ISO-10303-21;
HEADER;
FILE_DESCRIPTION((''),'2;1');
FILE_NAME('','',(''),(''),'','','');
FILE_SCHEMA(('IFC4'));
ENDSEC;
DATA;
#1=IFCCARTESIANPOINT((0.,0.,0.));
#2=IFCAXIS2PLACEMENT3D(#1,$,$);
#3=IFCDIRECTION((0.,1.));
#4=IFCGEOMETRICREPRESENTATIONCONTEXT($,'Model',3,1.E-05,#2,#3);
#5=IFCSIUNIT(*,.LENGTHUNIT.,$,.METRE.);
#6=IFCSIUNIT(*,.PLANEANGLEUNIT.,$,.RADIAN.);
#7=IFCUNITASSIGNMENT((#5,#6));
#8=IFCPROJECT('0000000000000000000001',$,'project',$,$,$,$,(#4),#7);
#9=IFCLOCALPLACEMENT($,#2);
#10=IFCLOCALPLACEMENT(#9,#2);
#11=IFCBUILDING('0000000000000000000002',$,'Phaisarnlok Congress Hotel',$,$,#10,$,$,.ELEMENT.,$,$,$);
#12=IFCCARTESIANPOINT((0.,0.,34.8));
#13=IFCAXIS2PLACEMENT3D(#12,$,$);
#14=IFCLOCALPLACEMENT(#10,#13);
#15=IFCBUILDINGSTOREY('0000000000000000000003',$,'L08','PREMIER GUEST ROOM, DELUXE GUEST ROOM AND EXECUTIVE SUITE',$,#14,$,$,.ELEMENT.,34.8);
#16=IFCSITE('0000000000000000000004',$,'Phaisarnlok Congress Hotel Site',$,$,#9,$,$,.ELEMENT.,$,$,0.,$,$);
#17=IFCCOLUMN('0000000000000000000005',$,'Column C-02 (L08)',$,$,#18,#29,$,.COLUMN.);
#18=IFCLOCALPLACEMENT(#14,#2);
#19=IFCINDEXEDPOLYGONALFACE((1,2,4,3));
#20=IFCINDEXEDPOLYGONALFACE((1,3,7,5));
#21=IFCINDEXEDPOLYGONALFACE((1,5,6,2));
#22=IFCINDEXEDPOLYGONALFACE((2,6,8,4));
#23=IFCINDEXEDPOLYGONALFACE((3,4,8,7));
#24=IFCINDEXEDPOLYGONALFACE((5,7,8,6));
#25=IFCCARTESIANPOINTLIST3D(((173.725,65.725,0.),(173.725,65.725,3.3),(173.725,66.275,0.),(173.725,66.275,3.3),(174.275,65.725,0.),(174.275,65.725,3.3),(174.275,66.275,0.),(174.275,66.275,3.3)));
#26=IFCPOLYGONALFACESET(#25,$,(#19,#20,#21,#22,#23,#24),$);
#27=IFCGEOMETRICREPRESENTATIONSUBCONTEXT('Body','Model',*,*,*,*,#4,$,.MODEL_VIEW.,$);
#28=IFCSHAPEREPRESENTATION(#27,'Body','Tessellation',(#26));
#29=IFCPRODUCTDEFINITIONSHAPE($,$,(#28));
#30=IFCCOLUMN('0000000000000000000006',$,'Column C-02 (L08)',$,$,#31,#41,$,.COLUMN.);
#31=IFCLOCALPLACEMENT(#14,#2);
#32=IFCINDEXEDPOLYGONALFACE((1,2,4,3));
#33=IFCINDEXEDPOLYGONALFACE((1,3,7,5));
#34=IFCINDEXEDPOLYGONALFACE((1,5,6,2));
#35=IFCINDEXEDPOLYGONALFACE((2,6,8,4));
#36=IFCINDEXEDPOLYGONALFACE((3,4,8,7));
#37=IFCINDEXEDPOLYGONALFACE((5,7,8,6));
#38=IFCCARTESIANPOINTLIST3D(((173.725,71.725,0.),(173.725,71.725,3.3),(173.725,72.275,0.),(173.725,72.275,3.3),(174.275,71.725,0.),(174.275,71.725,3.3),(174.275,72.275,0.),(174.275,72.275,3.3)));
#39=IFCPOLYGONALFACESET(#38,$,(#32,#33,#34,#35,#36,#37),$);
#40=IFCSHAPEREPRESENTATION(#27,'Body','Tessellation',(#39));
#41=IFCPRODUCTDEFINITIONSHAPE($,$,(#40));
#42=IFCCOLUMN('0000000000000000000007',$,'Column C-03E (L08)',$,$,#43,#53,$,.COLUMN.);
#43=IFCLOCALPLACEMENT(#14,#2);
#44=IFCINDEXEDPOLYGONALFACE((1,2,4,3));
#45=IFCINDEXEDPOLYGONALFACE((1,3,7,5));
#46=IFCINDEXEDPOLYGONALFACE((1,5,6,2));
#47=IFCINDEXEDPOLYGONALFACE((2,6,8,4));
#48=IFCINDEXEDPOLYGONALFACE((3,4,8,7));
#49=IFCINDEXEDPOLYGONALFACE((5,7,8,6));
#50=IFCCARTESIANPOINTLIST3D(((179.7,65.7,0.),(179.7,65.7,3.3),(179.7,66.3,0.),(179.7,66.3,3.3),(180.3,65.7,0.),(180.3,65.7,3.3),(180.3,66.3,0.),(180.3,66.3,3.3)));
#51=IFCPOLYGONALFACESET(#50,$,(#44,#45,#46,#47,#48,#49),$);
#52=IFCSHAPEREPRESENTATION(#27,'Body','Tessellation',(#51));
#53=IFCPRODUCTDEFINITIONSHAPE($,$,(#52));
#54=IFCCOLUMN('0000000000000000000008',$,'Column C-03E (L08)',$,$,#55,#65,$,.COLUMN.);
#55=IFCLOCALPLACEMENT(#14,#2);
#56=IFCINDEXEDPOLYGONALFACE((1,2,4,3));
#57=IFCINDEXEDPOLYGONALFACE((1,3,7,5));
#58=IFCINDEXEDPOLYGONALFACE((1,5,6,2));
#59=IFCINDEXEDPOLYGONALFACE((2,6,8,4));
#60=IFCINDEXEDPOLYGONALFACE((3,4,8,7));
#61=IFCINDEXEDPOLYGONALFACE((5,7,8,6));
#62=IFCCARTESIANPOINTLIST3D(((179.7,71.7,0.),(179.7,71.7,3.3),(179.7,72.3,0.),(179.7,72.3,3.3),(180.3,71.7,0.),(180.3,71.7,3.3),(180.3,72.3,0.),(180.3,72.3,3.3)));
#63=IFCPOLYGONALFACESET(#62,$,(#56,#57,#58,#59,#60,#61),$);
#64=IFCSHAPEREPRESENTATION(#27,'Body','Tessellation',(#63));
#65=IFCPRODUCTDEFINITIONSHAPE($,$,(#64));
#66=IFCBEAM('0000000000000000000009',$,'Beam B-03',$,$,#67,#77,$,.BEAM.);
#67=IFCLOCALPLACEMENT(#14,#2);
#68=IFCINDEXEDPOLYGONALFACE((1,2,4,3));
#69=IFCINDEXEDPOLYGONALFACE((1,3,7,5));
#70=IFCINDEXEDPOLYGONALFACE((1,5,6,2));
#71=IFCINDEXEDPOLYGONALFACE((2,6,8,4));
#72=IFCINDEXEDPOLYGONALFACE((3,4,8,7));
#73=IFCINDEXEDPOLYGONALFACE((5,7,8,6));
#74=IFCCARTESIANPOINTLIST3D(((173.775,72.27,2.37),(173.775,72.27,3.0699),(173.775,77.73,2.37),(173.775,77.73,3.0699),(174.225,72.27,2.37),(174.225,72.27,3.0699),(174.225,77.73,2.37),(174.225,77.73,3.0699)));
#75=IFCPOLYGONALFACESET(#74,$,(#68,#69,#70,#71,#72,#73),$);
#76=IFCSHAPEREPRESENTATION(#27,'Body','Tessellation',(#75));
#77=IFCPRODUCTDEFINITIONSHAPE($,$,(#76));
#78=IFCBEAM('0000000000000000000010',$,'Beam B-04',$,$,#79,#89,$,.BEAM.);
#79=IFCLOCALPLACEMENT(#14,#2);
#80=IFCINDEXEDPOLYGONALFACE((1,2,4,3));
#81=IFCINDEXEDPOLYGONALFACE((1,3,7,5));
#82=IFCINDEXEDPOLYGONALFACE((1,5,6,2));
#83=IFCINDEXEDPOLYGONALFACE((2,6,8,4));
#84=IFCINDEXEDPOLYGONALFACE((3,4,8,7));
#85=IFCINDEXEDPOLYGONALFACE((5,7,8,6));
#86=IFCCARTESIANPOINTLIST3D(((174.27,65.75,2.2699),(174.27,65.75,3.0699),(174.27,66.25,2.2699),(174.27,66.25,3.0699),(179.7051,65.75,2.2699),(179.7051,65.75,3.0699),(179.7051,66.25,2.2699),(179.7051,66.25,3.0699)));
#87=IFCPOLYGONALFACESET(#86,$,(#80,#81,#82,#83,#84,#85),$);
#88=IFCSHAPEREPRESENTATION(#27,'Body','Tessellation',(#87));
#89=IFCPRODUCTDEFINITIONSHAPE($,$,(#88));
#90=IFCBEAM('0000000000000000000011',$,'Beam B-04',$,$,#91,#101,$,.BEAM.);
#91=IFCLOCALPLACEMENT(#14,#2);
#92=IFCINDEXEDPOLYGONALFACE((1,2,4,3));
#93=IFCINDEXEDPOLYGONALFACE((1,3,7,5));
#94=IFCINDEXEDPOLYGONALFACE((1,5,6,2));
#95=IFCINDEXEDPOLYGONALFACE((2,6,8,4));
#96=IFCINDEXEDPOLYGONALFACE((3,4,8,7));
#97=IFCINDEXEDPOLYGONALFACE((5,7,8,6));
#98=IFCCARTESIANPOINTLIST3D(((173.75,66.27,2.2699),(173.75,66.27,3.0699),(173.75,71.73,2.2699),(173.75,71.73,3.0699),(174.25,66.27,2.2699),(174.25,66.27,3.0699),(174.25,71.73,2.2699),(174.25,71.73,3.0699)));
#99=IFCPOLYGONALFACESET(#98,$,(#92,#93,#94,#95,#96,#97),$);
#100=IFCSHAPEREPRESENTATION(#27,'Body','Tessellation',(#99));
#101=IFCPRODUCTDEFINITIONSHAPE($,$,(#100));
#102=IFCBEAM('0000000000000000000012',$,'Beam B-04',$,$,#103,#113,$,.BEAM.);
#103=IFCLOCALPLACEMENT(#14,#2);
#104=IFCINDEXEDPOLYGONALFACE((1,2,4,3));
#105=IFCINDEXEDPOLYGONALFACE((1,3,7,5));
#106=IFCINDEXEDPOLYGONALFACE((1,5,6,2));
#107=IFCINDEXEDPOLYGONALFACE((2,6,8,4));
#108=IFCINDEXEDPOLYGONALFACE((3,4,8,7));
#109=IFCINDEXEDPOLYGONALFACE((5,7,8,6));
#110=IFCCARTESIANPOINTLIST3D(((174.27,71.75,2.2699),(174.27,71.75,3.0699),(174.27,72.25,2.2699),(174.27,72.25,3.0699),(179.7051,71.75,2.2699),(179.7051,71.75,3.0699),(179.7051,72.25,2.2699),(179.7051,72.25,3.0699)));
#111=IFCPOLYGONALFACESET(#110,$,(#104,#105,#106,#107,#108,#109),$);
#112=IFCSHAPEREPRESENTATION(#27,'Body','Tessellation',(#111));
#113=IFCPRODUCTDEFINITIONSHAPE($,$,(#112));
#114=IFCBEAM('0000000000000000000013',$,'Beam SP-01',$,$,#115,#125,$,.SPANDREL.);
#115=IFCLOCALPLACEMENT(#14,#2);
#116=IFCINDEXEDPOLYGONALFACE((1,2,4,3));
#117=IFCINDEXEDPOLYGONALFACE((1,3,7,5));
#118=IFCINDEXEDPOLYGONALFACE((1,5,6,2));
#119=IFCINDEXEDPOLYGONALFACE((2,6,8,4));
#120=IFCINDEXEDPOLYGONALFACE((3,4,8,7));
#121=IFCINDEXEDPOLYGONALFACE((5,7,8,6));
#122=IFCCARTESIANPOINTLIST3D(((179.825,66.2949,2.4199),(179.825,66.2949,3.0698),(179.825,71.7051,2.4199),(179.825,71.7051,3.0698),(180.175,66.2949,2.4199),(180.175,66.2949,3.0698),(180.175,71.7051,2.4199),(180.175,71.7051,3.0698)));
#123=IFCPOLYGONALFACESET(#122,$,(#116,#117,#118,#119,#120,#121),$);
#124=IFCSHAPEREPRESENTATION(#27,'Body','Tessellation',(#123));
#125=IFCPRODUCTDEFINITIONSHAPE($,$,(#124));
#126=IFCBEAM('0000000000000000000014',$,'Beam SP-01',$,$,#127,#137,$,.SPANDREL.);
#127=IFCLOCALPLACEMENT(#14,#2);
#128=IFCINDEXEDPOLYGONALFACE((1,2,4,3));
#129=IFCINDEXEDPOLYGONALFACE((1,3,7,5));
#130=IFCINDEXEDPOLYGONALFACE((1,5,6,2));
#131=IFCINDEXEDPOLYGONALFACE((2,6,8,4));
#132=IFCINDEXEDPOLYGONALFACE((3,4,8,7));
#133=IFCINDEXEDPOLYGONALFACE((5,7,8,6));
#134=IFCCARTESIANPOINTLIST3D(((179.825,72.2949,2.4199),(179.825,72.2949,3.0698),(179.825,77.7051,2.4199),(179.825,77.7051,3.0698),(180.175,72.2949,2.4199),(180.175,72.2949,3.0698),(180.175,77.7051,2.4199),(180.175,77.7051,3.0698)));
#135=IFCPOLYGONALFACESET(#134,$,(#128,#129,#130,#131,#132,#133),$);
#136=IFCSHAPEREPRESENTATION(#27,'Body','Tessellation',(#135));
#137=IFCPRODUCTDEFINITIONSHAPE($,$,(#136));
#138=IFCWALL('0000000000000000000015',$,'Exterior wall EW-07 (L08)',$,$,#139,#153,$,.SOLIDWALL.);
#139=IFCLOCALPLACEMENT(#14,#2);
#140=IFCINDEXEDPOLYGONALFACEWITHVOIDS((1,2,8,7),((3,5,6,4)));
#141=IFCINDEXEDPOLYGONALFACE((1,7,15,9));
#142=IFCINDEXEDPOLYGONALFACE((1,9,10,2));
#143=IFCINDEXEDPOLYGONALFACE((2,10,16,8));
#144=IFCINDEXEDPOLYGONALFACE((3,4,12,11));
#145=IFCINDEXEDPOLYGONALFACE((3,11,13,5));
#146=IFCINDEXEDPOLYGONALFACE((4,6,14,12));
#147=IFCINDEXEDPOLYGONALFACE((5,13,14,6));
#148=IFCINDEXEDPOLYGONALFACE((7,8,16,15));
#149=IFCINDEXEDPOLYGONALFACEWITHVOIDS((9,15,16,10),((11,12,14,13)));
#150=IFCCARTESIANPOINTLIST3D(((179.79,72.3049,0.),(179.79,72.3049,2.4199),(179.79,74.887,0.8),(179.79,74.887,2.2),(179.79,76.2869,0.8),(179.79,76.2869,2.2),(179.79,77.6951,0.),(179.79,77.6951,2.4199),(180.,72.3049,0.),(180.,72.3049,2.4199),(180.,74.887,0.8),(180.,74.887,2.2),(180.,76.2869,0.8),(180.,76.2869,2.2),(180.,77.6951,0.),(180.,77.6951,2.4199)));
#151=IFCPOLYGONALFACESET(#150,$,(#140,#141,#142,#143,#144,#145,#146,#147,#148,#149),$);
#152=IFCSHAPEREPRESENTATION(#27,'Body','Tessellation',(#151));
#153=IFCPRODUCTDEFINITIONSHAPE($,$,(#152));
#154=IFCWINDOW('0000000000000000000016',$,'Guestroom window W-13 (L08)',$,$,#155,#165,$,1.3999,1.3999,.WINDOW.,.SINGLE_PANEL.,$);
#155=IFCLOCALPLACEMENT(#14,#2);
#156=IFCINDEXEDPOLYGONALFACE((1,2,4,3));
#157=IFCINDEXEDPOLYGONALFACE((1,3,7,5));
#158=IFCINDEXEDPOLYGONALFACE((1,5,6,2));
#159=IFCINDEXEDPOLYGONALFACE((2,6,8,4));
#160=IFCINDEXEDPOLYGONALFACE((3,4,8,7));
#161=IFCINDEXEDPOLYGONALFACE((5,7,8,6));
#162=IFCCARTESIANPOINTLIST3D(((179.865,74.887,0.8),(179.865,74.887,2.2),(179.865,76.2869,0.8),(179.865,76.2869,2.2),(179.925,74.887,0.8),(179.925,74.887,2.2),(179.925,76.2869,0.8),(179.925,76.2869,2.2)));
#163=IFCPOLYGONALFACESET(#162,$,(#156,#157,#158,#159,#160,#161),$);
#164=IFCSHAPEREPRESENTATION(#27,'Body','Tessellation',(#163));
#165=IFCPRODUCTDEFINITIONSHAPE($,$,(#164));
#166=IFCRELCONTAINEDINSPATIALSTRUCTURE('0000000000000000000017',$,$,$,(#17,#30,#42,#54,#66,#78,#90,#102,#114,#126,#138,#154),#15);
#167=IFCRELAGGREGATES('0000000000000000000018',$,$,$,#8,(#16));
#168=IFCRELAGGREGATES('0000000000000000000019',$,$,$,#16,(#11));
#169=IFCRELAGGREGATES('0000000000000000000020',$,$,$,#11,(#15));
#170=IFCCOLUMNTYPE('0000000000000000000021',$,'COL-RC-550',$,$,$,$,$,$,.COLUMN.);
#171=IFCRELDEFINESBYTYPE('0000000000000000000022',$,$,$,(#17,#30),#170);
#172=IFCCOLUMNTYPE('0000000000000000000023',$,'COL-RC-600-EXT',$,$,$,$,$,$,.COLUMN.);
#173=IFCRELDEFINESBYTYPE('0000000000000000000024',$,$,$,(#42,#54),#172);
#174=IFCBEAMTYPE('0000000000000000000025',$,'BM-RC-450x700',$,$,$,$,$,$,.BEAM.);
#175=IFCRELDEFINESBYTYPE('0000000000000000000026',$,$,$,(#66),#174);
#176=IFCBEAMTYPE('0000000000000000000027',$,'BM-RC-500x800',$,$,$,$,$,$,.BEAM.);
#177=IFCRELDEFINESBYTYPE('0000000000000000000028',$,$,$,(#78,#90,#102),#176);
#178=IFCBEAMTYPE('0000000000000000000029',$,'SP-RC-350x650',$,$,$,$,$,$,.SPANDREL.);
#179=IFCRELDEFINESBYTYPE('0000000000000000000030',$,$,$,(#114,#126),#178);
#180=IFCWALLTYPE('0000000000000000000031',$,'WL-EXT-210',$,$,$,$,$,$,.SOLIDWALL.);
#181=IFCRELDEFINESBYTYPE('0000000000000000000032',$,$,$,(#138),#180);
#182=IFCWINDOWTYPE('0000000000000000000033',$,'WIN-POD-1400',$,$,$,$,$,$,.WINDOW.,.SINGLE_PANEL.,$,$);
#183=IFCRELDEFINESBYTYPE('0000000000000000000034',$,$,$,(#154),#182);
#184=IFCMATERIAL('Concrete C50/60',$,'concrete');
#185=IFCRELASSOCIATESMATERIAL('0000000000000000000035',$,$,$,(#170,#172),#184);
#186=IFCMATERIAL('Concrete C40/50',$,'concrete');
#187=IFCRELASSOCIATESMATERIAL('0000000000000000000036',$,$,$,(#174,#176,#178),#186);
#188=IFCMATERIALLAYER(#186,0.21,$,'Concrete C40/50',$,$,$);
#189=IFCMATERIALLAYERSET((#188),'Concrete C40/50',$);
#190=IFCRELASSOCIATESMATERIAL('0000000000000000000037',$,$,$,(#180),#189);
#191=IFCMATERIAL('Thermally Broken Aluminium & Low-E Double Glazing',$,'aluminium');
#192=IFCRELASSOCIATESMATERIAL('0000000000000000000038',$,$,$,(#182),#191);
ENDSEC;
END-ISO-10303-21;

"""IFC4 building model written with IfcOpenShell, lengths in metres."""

from ifc_helpers import new_model, si_unit, direction, frame, frame_2d, origin, origin_2d, place, context, subcontext, project, spatial, rectangle, extrude, material, layer, layer_set, material_profile, profile_set, type_object, element, fill, save


model = new_model("IFC4")

# Units and contexts
model_context = context("Model", 3, precision=1e-05, world=origin(), true_north=direction((0.0, 1.0)))
body_context = subcontext(model_context, "Body", "Model", "MODEL_VIEW")
ifc_project = project(units=[si_unit("LENGTHUNIT", "METRE"), si_unit("PLANEANGLEUNIT", "RADIAN")], contexts=[model_context])

# Site, building, storey
site_placement = place(None, origin())
site = spatial("IfcSite", under=ifc_project, at=site_placement, Name="Phaisarnlok Congress Hotel Site", CompositionType="ELEMENT", RefElevation=0.0)
building_placement = place(site_placement, origin())
building = spatial("IfcBuilding", under=site, at=building_placement, Name="Phaisarnlok Congress Hotel", CompositionType="ELEMENT")
storey_placement = place(building_placement, frame((0.0, 0.0, 34.8)))
storey = spatial("IfcBuildingStorey", under=building, at=storey_placement, Name="L08", Description="PREMIER GUEST ROOM, DELUXE GUEST ROOM AND EXECUTIVE SUITE", CompositionType="ELEMENT", Elevation=34.8)

# Columns
ifc_material_1 = material(Name="Concrete C50/60", Category="concrete")
ifc_material_profile_1 = material_profile(ifc_material_1, rectangle(XDim=0.55, YDim=0.55, at=origin_2d()), Name="RC 550x550")
ifc_profile_set_1 = profile_set([ifc_material_profile_1], Name="Concrete C50/60")
column_type_1 = type_object("IfcColumnType", Name="COL-RC-550", PredefinedType="COLUMN", material=ifc_profile_set_1)
for number, where, z_axis, x_axis, name in (
    (1, (174.0, 66.0, 0.0), (0.0, 0.0, 1.0), (1.0, 0.0, 0.0), "Column C-02 (L08)"),
    (2, (174.0, 72.0, 0.0), (0.0, 0.0, 1.0), (1.0, 0.0, 0.0), "Column C-02 (L08)"),
):
    element("IfcColumn", number, at=place(storey_placement, frame(where, z_axis=z_axis, x_axis=x_axis)), inside=storey, type_object=column_type_1, Name=name, PredefinedType="COLUMN", context=body_context, shape_type="SweptSolid", body=[
        extrude(rectangle(XDim=0.55, YDim=0.55, at=origin_2d()), origin(), (0.0, 0.0, 1.0), 3.3),
    ])
ifc_material_profile_2 = material_profile(ifc_material_1, rectangle(XDim=0.6001, YDim=0.6001, at=origin_2d()), Name="RC 600x600")
ifc_profile_set_2 = profile_set([ifc_material_profile_2], Name="Concrete C50/60")
column_type_2 = type_object("IfcColumnType", Name="COL-RC-600-EXT", PredefinedType="COLUMN", material=ifc_profile_set_2)
for number, where, z_axis, x_axis, name in (
    (3, (180.0, 66.0, 0.0), (0.0, 0.0, 1.0), (1.0, 0.0, 0.0), "Column C-03E (L08)"),
    (4, (180.0, 72.0, 0.0), (0.0, 0.0, 1.0), (1.0, 0.0, 0.0), "Column C-03E (L08)"),
):
    element("IfcColumn", number, at=place(storey_placement, frame(where, z_axis=z_axis, x_axis=x_axis)), inside=storey, type_object=column_type_2, Name=name, PredefinedType="COLUMN", context=body_context, shape_type="SweptSolid", body=[
        extrude(rectangle(XDim=0.6001, YDim=0.6001, at=origin_2d()), origin(), (0.0, 0.0, 1.0), 3.3),
    ])

# Beams
ifc_material_2 = material(Name="Concrete C40/50", Category="concrete")
ifc_material_profile_3 = material_profile(ifc_material_2, rectangle(XDim=0.45, YDim=0.7, at=origin_2d()), Name="RC 450x700")
ifc_profile_set_3 = profile_set([ifc_material_profile_3], Name="Concrete C40/50")
beam_type_1 = type_object("IfcBeamType", Name="BM-RC-450x700", PredefinedType="BEAM", material=ifc_profile_set_3)
beam_1_placement = place(storey_placement, frame((174.0, 72.27, 2.72), z_axis=(0.0, 1.0, 0.0), x_axis=(-1.0, 0.0, 0.0)))
element("IfcBeam", 5, at=beam_1_placement, inside=storey, type_object=beam_type_1, Name="Beam B-03", PredefinedType="BEAM", context=body_context, shape_type="SweptSolid", body=[
    extrude(rectangle(XDim=0.45, YDim=0.7, at=origin_2d()), origin(), (0.0, 0.0, 1.0), 5.46),
])
ifc_material_profile_4 = material_profile(ifc_material_2, rectangle(XDim=0.5, YDim=0.8, at=origin_2d()), Name="RC 500x800")
ifc_profile_set_4 = profile_set([ifc_material_profile_4], Name="Concrete C40/50")
beam_type_2 = type_object("IfcBeamType", Name="BM-RC-500x800", PredefinedType="BEAM", material=ifc_profile_set_4)
beam_2_placement = place(storey_placement, frame((174.27, 66.0, 2.6699), z_axis=(1.0, 0.0, 0.0), x_axis=(0.0, 1.0, 0.0)))
element("IfcBeam", 6, at=beam_2_placement, inside=storey, type_object=beam_type_2, Name="Beam B-04", PredefinedType="BEAM", context=body_context, shape_type="SweptSolid", body=[
    extrude(rectangle(XDim=0.5, YDim=0.8, at=origin_2d()), origin(), (0.0, 0.0, 1.0), 5.4351),
])
beam_3_placement = place(storey_placement, frame((174.0, 66.27, 2.6699), z_axis=(0.0, 1.0, 0.0), x_axis=(-1.0, 0.0, 0.0)))
element("IfcBeam", 7, at=beam_3_placement, inside=storey, type_object=beam_type_2, Name="Beam B-04", PredefinedType="BEAM", context=body_context, shape_type="SweptSolid", body=[
    extrude(rectangle(XDim=0.5, YDim=0.8, at=origin_2d()), origin(), (0.0, 0.0, 1.0), 5.46),
])
beam_4_placement = place(storey_placement, frame((174.27, 72.0, 2.6699), z_axis=(1.0, 0.0, 0.0), x_axis=(0.0, 1.0, 0.0)))
element("IfcBeam", 8, at=beam_4_placement, inside=storey, type_object=beam_type_2, Name="Beam B-04", PredefinedType="BEAM", context=body_context, shape_type="SweptSolid", body=[
    extrude(rectangle(XDim=0.5, YDim=0.8, at=origin_2d()), origin(), (0.0, 0.0, 1.0), 5.4351),
])
ifc_material_profile_5 = material_profile(ifc_material_2, rectangle(XDim=0.3501, YDim=0.6499, at=origin_2d()), Name="RC 350x650")
ifc_profile_set_5 = profile_set([ifc_material_profile_5], Name="Concrete C40/50")
beam_type_3 = type_object("IfcBeamType", Name="SP-RC-350x650", PredefinedType="SPANDREL", material=ifc_profile_set_5)
for number, where, z_axis, x_axis, name in (
    (9, (180.0, 66.2949, 2.7449), (0.0, 1.0, 0.0), (-1.0, 0.0, 0.0), "Beam SP-01"),
    (10, (180.0, 72.2949, 2.7449), (0.0, 1.0, 0.0), (-1.0, 0.0, 0.0), "Beam SP-01"),
):
    element("IfcBeam", number, at=place(storey_placement, frame(where, z_axis=z_axis, x_axis=x_axis)), inside=storey, type_object=beam_type_3, Name=name, PredefinedType="SPANDREL", context=body_context, shape_type="SweptSolid", body=[
        extrude(rectangle(XDim=0.3501, YDim=0.6499, at=origin_2d()), origin(), (0.0, 0.0, 1.0), 5.4102),
    ])

# Wall, opening, window
ifc_layer_1 = layer(ifc_material_2, 0.21, Name="Concrete C40/50")
ifc_layer_set_1 = layer_set([ifc_layer_1], Name="Concrete C40/50")
wall_type_1 = type_object("IfcWallType", Name="WL-EXT-210", PredefinedType="SOLIDWALL", material=ifc_layer_set_1)
wall_1_placement = place(storey_placement, frame((179.895, 72.3049, 0.0), z_axis=(0.0, 0.0, 1.0), x_axis=(0.0, 1.0, 0.0)))
wall_1 = element("IfcWall", 11, at=wall_1_placement, inside=storey, type_object=wall_type_1, Name="Exterior wall EW-07 (L08)", PredefinedType="SOLIDWALL", context=body_context, shape_type="SweptSolid", body=[
    extrude(rectangle(XDim=5.3901, YDim=0.21, at=frame_2d((2.6951, 0.0))), origin(), (0.0, 0.0, 1.0), 2.4199),
])
opening_1_placement = place(wall_1_placement, frame((2.582, 0.0, 0.8)))
opening_1 = element("IfcOpeningElement", 12, at=opening_1_placement, cuts=wall_1, PredefinedType="OPENING", context=body_context, shape_type="SweptSolid", body=[
    extrude(rectangle(XDim=1.3999, YDim=1.3999, at=frame_2d((0.7, 0.7))), frame((0.0, 0.115, 0.0), z_axis=(0.0, -1.0, 0.0), x_axis=(1.0, 0.0, 0.0)), (0.0, 0.0, 1.0), 0.23),
])
ifc_material_3 = material(Name="Thermally Broken Aluminium & Low-E Double Glazing", Category="aluminium")
window_type = type_object("IfcWindowType", Name="WIN-POD-1400", PartitioningType="SINGLE_PANEL", PredefinedType="WINDOW", material=ifc_material_3)
window_1_placement = place(opening_1_placement, origin())
window_1 = element("IfcWindow", 13, at=window_1_placement, inside=storey, type_object=window_type, Name="Guestroom window W-13 (L08)", OverallHeight=1.3999, OverallWidth=1.3999, PartitioningType="SINGLE_PANEL", PredefinedType="WINDOW", context=body_context, shape_type="SweptSolid", body=[
    extrude(rectangle(XDim=1.3999, YDim=1.3999, at=frame_2d((0.7, 0.7))), frame((0.0, 0.03, 0.0), z_axis=(0.0, -1.0, 0.0), x_axis=(1.0, 0.0, 0.0)), (0.0, 0.0, 1.0), 0.0601),
])
fill(opening_1, window_1)

save(model, "model.ifc")
